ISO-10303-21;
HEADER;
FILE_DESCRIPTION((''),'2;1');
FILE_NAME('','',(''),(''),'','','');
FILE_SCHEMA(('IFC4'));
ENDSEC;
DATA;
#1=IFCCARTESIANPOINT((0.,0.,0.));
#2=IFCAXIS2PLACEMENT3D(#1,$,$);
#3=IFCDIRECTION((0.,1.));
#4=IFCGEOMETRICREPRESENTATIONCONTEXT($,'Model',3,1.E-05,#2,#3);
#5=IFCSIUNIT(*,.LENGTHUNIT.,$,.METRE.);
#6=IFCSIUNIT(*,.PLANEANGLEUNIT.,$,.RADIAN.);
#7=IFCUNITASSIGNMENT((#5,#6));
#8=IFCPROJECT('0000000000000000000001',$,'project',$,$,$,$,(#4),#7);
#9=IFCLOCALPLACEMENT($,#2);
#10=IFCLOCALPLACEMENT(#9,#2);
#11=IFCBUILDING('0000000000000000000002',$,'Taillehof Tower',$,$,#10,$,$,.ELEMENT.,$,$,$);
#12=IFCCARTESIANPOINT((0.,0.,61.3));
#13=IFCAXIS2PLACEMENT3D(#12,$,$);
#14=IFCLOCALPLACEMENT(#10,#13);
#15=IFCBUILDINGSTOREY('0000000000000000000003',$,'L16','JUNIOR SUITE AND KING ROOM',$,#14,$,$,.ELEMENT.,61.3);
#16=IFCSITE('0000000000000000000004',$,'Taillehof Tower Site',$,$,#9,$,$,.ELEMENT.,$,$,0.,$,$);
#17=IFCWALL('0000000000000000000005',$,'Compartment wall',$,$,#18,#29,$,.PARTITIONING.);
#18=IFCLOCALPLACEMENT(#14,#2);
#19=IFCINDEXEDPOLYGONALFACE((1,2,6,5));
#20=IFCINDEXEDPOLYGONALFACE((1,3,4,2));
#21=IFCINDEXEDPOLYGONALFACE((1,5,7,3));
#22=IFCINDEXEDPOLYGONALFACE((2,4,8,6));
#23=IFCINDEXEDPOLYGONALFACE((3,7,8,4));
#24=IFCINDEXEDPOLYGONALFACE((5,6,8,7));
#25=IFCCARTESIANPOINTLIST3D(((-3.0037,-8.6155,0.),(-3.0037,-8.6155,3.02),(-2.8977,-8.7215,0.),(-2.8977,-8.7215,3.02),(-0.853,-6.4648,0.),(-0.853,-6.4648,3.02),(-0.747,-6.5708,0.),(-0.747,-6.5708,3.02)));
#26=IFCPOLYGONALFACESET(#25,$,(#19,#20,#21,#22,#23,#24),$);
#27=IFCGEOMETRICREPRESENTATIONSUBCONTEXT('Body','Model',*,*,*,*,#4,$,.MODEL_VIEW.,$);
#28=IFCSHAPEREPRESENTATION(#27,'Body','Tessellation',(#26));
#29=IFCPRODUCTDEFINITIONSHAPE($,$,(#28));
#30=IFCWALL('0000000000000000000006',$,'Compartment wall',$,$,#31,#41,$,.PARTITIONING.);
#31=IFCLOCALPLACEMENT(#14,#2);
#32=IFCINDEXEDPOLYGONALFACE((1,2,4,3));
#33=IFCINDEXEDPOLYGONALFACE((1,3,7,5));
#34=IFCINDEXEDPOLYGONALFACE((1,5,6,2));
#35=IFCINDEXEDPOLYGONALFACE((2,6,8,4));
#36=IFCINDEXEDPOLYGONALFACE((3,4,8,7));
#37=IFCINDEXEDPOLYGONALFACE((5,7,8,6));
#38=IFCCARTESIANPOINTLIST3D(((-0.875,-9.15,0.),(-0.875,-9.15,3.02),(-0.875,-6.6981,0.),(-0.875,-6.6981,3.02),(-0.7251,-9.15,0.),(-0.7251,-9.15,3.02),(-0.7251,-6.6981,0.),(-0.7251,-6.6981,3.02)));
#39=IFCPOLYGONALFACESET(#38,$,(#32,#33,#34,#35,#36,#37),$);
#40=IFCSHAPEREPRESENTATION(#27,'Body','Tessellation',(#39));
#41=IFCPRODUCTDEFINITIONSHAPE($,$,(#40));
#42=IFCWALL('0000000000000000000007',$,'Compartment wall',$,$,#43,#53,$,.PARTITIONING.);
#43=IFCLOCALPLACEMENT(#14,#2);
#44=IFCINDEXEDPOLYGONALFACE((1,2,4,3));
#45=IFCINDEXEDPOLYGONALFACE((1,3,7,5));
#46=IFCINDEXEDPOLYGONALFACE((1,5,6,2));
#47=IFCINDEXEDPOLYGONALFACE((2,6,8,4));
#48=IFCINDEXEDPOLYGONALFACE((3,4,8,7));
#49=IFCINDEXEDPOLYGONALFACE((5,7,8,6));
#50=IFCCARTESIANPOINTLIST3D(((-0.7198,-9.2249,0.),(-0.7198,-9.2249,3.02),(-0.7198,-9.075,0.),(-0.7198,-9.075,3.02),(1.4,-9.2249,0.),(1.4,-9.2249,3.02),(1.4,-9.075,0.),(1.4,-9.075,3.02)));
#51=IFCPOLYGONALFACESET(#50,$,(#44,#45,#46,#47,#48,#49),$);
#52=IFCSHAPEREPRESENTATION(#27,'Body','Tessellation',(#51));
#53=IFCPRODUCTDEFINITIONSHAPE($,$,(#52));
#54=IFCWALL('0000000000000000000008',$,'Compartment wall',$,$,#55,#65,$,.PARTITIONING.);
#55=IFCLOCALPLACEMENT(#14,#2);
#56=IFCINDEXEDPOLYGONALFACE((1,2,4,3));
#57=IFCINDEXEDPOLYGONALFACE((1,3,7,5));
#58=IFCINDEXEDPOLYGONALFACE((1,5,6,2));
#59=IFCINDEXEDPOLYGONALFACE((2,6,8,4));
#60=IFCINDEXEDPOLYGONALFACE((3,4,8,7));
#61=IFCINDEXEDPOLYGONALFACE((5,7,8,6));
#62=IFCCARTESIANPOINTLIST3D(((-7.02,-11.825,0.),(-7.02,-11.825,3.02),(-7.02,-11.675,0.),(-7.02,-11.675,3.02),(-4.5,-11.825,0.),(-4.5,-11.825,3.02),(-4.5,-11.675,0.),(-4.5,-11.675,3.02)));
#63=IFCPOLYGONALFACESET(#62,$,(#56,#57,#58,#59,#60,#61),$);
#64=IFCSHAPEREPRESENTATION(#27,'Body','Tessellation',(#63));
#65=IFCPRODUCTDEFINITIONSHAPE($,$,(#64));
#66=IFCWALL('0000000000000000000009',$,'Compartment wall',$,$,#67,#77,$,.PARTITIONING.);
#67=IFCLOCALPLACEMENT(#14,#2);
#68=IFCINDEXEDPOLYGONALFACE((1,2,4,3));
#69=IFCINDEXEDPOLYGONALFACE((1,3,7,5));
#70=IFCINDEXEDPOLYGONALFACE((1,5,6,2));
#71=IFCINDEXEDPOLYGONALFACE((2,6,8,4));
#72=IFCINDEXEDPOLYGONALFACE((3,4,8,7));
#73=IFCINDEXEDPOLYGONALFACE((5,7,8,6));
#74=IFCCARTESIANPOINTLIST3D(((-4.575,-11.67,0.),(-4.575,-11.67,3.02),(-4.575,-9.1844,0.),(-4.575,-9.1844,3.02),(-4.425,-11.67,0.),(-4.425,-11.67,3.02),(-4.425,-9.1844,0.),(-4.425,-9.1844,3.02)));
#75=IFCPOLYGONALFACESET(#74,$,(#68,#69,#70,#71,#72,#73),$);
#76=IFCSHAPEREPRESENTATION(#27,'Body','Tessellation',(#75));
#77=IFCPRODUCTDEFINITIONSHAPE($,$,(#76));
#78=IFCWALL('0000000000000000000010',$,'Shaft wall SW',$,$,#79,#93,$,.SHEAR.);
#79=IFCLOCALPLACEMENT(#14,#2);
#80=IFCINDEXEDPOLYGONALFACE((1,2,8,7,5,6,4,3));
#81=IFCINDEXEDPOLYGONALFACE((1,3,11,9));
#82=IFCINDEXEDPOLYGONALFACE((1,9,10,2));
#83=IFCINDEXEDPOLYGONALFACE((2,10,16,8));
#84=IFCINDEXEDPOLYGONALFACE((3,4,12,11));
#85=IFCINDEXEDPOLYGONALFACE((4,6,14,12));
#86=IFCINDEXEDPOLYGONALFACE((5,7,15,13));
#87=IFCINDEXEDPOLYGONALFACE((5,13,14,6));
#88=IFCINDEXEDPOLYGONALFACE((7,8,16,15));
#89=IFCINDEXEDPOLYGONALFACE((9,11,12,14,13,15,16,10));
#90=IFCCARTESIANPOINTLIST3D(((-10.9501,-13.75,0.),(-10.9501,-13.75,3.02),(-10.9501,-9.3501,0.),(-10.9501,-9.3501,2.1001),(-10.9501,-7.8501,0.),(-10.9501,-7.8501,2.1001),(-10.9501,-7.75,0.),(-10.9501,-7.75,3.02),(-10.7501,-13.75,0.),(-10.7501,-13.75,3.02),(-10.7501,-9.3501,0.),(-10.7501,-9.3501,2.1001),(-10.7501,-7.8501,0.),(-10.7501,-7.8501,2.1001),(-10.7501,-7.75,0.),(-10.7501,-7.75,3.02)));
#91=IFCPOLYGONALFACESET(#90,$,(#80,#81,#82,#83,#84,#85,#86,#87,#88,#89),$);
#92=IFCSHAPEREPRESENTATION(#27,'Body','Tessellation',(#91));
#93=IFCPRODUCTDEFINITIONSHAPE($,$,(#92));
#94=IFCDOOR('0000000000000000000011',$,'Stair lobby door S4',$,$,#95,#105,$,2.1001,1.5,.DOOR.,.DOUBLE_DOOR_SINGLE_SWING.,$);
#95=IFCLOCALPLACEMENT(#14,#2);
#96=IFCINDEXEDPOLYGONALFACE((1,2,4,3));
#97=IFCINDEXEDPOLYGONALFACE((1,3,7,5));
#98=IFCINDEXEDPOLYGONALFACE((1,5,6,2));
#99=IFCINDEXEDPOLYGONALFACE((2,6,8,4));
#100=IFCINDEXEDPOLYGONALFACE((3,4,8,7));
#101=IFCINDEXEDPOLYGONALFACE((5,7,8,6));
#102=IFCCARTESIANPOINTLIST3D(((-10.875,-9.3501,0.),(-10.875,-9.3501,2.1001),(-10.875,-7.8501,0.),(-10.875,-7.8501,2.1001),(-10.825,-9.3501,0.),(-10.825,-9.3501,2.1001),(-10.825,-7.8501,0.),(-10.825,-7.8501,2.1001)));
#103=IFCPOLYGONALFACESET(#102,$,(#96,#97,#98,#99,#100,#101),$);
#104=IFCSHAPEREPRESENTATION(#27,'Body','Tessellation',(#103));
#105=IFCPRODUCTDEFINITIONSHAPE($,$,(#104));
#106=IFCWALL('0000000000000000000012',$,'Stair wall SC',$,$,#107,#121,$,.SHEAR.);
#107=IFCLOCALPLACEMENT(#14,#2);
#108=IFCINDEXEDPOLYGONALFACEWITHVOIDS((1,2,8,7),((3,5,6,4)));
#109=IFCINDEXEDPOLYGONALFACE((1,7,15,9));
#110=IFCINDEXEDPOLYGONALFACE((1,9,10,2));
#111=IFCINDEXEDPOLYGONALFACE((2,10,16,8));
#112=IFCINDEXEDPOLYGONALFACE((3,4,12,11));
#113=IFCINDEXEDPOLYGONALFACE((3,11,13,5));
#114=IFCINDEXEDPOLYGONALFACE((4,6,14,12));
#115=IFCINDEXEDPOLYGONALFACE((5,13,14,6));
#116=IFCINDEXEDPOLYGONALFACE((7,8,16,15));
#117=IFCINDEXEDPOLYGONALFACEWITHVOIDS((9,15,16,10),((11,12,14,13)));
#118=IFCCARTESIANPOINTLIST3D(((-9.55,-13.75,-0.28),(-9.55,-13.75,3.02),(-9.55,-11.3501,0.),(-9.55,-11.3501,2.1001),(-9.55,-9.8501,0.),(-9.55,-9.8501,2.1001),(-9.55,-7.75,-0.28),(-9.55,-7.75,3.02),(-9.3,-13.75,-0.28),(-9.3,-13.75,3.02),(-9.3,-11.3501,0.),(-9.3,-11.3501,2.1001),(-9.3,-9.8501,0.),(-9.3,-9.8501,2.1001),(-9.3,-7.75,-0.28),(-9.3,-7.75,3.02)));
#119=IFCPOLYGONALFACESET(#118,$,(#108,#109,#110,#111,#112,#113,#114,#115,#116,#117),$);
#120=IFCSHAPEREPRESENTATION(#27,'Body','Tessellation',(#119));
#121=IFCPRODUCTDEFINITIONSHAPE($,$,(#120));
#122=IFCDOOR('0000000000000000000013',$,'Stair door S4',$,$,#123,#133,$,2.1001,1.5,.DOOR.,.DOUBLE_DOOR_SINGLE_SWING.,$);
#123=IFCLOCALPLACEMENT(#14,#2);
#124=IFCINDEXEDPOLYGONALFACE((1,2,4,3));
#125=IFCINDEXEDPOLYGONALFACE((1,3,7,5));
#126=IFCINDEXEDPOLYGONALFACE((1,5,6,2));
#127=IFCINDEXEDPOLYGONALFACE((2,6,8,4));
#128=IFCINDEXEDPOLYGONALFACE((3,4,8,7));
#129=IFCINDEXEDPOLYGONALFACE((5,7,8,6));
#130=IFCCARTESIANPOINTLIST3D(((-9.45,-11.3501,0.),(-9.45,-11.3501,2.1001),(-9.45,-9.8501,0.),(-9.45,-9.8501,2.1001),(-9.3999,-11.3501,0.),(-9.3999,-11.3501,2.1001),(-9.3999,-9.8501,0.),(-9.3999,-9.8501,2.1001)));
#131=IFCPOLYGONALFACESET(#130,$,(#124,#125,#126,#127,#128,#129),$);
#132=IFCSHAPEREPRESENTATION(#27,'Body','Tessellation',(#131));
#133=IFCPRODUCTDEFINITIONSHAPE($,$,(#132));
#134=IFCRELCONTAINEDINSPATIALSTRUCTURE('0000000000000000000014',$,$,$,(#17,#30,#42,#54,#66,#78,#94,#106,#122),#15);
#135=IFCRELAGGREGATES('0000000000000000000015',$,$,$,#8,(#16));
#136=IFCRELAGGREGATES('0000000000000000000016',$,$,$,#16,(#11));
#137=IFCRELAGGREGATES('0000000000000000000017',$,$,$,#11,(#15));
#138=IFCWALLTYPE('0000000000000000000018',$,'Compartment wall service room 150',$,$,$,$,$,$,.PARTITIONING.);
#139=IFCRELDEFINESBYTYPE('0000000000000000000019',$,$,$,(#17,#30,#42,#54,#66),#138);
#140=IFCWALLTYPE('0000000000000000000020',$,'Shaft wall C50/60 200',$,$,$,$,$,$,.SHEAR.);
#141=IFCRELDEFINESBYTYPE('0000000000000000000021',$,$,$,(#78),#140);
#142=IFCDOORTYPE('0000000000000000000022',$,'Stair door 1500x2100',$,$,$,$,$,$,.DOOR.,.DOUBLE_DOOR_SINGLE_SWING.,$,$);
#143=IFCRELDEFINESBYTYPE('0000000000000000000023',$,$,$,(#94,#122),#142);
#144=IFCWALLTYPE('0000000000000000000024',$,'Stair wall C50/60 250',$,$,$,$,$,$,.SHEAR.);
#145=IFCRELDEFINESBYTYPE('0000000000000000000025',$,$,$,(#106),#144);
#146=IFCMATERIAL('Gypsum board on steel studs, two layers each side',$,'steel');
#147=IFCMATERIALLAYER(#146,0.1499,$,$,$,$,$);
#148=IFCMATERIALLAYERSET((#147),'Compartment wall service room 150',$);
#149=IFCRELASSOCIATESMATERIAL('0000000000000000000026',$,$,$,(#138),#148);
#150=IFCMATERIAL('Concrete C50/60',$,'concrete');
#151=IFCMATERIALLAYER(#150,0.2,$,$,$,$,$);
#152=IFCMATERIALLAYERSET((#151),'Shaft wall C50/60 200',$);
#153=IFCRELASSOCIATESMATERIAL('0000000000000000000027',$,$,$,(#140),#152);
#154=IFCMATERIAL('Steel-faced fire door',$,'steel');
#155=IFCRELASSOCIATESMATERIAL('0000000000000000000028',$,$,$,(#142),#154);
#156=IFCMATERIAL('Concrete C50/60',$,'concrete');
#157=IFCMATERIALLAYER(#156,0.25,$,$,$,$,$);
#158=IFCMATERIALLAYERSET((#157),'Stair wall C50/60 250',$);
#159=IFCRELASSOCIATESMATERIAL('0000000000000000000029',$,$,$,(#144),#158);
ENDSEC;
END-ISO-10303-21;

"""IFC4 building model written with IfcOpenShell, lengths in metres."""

from ifc_helpers import new_model, si_unit, direction, frame, frame_2d, origin, place, context, subcontext, project, spatial, rectangle, extrude, material, layer, layer_set, type_object, element, fill, save


model = new_model("IFC4")

# Units and contexts
model_context = context("Model", 3, precision=1e-05, world=origin(), true_north=direction((0.0, 1.0)))
body_context = subcontext(model_context, "Body", "Model", "MODEL_VIEW")
ifc_project = project(units=[si_unit("LENGTHUNIT", "METRE"), si_unit("PLANEANGLEUNIT", "RADIAN")], contexts=[model_context])

# Site, building, storey
site_placement = place(None, origin())
site = spatial("IfcSite", under=ifc_project, at=site_placement, Name="Taillehof Tower Site", CompositionType="ELEMENT", RefElevation=0.0)
building_placement = place(site_placement, origin())
building = spatial("IfcBuilding", under=site, at=building_placement, Name="Taillehof Tower", CompositionType="ELEMENT")
storey_placement = place(building_placement, frame((0.0, 0.0, 61.3)))
storey = spatial("IfcBuildingStorey", under=building, at=storey_placement, Name="L16", Description="JUNIOR SUITE AND KING ROOM", CompositionType="ELEMENT", Elevation=61.3)

# Walls
ifc_material_1 = material(Name="Gypsum board on steel studs, two layers each side", Category="steel")
ifc_layer_1 = layer(ifc_material_1, 0.1499)
ifc_layer_set_1 = layer_set([ifc_layer_1], Name="Compartment wall service room 150")
wall_type_1 = type_object("IfcWallType", Name="Compartment wall service room 150", PredefinedType="PARTITIONING", material=ifc_layer_set_1)
wall_1_placement = place(storey_placement, frame((-2.9507, -8.6685, 0.0), z_axis=(0.0, 0.0, 1.0), x_axis=(0.707107, 0.707107, 0.0)))
element("IfcWall", 1, at=wall_1_placement, inside=storey, type_object=wall_type_1, Name="Compartment wall", PredefinedType="PARTITIONING", context=body_context, shape_type="SweptSolid", body=[
    extrude(rectangle(XDim=3.0415, YDim=0.1499, at=frame_2d((1.5208, 0.0))), origin(), (0.0, 0.0, 1.0), 3.02),
])
wall_2_placement = place(storey_placement, frame((-0.8, -6.698, 0.0), z_axis=(0.0, 0.0, 1.0), x_axis=(0.0, -1.0, 0.0)))
element("IfcWall", 2, at=wall_2_placement, inside=storey, type_object=wall_type_1, Name="Compartment wall", PredefinedType="PARTITIONING", context=body_context, shape_type="SweptSolid", body=[
    extrude(rectangle(XDim=2.4519, YDim=0.1499, at=frame_2d((1.2261, 0.0))), origin(), (0.0, 0.0, 1.0), 3.02),
])
wall_3_placement = place(storey_placement, frame((-0.72, -9.1499, 0.0), z_axis=(0.0, 0.0, 1.0), x_axis=(1.0, 0.0, 0.0)))
element("IfcWall", 3, at=wall_3_placement, inside=storey, type_object=wall_type_1, Name="Compartment wall", PredefinedType="PARTITIONING", context=body_context, shape_type="SweptSolid", body=[
    extrude(rectangle(XDim=2.1199, YDim=0.1499, at=frame_2d((1.0601, 0.0))), origin(), (0.0, 0.0, 1.0), 3.02),
])
wall_4_placement = place(storey_placement, frame((-7.02, -11.75, 0.0), z_axis=(0.0, 0.0, 1.0), x_axis=(1.0, 0.0, 0.0)))
element("IfcWall", 4, at=wall_4_placement, inside=storey, type_object=wall_type_1, Name="Compartment wall", PredefinedType="PARTITIONING", context=body_context, shape_type="SweptSolid", body=[
    extrude(rectangle(XDim=2.52, YDim=0.1499, at=frame_2d((1.26, 0.0))), origin(), (0.0, 0.0, 1.0), 3.02),
])
wall_5_placement = place(storey_placement, frame((-4.5, -11.6699, 0.0), z_axis=(0.0, 0.0, 1.0), x_axis=(0.0, 1.0, 0.0)))
element("IfcWall", 5, at=wall_5_placement, inside=storey, type_object=wall_type_1, Name="Compartment wall", PredefinedType="PARTITIONING", context=body_context, shape_type="SweptSolid", body=[
    extrude(rectangle(XDim=2.4856, YDim=0.1499, at=frame_2d((1.2427, 0.0))), origin(), (0.0, 0.0, 1.0), 3.02),
])

# Walls, openings, doors
ifc_material_2 = material(Name="Concrete C50/60", Category="concrete")
ifc_layer_2 = layer(ifc_material_2, 0.2)
ifc_layer_set_2 = layer_set([ifc_layer_2], Name="Shaft wall C50/60 200")
wall_type_2 = type_object("IfcWallType", Name="Shaft wall C50/60 200", PredefinedType="SHEAR", material=ifc_layer_set_2)
wall_6_placement = place(storey_placement, frame((-10.8501, -13.75, 0.0), z_axis=(0.0, 0.0, 1.0), x_axis=(0.0, 1.0, 0.0)))
wall_6 = element("IfcWall", 6, at=wall_6_placement, inside=storey, type_object=wall_type_2, Name="Shaft wall SW", PredefinedType="SHEAR", context=body_context, shape_type="SweptSolid", body=[
    extrude(rectangle(XDim=6.0, YDim=0.2, at=frame_2d((3.0, 0.0))), origin(), (0.0, 0.0, 1.0), 3.02),
])
opening_1_placement = place(wall_6_placement, frame((4.3999, 0.0, 0.0)))
opening_1 = element("IfcOpeningElement", 7, at=opening_1_placement, cuts=wall_6, PredefinedType="OPENING", context=body_context, shape_type="SweptSolid", body=[
    extrude(rectangle(XDim=1.5, YDim=2.1001, at=frame_2d((0.75, 1.05))), frame((0.0, 0.1099, 0.0), z_axis=(0.0, -1.0, 0.0), x_axis=(1.0, 0.0, 0.0)), (0.0, 0.0, 1.0), 0.22),
])
ifc_material_3 = material(Name="Steel-faced fire door", Category="steel")
door_type = type_object("IfcDoorType", Name="Stair door 1500x2100", OperationType="DOUBLE_DOOR_SINGLE_SWING", PredefinedType="DOOR", material=ifc_material_3)
door_1_placement = place(opening_1_placement, origin())
door_1 = element("IfcDoor", 8, at=door_1_placement, inside=storey, type_object=door_type, Name="Stair lobby door S4", OperationType="DOUBLE_DOOR_SINGLE_SWING", OverallHeight=2.1001, OverallWidth=1.5, PredefinedType="DOOR", context=body_context, shape_type="SweptSolid", body=[
    extrude(rectangle(XDim=1.5, YDim=2.1001, at=frame_2d((0.75, 1.05))), frame((0.0, 0.0249, 0.0), z_axis=(0.0, -1.0, 0.0), x_axis=(1.0, 0.0, 0.0)), (0.0, 0.0, 1.0), 0.05),
])
fill(opening_1, door_1)
ifc_material_4 = material(Name="Concrete C50/60", Category="concrete")
ifc_layer_3 = layer(ifc_material_4, 0.25)
ifc_layer_set_3 = layer_set([ifc_layer_3], Name="Stair wall C50/60 250")
wall_type_3 = type_object("IfcWallType", Name="Stair wall C50/60 250", PredefinedType="SHEAR", material=ifc_layer_set_3)
wall_7_placement = place(storey_placement, frame((-9.425, -13.75, -0.28), z_axis=(0.0, 0.0, 1.0), x_axis=(0.0, 1.0, 0.0)))
wall_7 = element("IfcWall", 9, at=wall_7_placement, inside=storey, type_object=wall_type_3, Name="Stair wall SC", PredefinedType="SHEAR", context=body_context, shape_type="SweptSolid", body=[
    extrude(rectangle(XDim=6.0, YDim=0.25, at=frame_2d((3.0, 0.0))), origin(), (0.0, 0.0, 1.0), 3.3),
])
opening_2_placement = place(wall_7_placement, frame((2.3999, 0.0, 0.28)))
opening_2 = element("IfcOpeningElement", 10, at=opening_2_placement, cuts=wall_7, PredefinedType="OPENING", context=body_context, shape_type="SweptSolid", body=[
    extrude(rectangle(XDim=1.5, YDim=2.1001, at=frame_2d((0.75, 1.05))), frame((0.0, 0.135, 0.0), z_axis=(0.0, -1.0, 0.0), x_axis=(1.0, 0.0, 0.0)), (0.0, 0.0, 1.0), 0.27),
])
door_2_placement = place(opening_2_placement, origin())
door_2 = element("IfcDoor", 11, at=door_2_placement, inside=storey, type_object=door_type, Name="Stair door S4", OperationType="DOUBLE_DOOR_SINGLE_SWING", OverallHeight=2.1001, OverallWidth=1.5, PredefinedType="DOOR", context=body_context, shape_type="SweptSolid", body=[
    extrude(rectangle(XDim=1.5, YDim=2.1001, at=frame_2d((0.75, 1.05))), frame((0.0, 0.0249, 0.0), z_axis=(0.0, -1.0, 0.0), x_axis=(1.0, 0.0, 0.0)), (0.0, 0.0, 1.0), 0.05),
])
fill(opening_2, door_2)

save(model, "model.ifc")
